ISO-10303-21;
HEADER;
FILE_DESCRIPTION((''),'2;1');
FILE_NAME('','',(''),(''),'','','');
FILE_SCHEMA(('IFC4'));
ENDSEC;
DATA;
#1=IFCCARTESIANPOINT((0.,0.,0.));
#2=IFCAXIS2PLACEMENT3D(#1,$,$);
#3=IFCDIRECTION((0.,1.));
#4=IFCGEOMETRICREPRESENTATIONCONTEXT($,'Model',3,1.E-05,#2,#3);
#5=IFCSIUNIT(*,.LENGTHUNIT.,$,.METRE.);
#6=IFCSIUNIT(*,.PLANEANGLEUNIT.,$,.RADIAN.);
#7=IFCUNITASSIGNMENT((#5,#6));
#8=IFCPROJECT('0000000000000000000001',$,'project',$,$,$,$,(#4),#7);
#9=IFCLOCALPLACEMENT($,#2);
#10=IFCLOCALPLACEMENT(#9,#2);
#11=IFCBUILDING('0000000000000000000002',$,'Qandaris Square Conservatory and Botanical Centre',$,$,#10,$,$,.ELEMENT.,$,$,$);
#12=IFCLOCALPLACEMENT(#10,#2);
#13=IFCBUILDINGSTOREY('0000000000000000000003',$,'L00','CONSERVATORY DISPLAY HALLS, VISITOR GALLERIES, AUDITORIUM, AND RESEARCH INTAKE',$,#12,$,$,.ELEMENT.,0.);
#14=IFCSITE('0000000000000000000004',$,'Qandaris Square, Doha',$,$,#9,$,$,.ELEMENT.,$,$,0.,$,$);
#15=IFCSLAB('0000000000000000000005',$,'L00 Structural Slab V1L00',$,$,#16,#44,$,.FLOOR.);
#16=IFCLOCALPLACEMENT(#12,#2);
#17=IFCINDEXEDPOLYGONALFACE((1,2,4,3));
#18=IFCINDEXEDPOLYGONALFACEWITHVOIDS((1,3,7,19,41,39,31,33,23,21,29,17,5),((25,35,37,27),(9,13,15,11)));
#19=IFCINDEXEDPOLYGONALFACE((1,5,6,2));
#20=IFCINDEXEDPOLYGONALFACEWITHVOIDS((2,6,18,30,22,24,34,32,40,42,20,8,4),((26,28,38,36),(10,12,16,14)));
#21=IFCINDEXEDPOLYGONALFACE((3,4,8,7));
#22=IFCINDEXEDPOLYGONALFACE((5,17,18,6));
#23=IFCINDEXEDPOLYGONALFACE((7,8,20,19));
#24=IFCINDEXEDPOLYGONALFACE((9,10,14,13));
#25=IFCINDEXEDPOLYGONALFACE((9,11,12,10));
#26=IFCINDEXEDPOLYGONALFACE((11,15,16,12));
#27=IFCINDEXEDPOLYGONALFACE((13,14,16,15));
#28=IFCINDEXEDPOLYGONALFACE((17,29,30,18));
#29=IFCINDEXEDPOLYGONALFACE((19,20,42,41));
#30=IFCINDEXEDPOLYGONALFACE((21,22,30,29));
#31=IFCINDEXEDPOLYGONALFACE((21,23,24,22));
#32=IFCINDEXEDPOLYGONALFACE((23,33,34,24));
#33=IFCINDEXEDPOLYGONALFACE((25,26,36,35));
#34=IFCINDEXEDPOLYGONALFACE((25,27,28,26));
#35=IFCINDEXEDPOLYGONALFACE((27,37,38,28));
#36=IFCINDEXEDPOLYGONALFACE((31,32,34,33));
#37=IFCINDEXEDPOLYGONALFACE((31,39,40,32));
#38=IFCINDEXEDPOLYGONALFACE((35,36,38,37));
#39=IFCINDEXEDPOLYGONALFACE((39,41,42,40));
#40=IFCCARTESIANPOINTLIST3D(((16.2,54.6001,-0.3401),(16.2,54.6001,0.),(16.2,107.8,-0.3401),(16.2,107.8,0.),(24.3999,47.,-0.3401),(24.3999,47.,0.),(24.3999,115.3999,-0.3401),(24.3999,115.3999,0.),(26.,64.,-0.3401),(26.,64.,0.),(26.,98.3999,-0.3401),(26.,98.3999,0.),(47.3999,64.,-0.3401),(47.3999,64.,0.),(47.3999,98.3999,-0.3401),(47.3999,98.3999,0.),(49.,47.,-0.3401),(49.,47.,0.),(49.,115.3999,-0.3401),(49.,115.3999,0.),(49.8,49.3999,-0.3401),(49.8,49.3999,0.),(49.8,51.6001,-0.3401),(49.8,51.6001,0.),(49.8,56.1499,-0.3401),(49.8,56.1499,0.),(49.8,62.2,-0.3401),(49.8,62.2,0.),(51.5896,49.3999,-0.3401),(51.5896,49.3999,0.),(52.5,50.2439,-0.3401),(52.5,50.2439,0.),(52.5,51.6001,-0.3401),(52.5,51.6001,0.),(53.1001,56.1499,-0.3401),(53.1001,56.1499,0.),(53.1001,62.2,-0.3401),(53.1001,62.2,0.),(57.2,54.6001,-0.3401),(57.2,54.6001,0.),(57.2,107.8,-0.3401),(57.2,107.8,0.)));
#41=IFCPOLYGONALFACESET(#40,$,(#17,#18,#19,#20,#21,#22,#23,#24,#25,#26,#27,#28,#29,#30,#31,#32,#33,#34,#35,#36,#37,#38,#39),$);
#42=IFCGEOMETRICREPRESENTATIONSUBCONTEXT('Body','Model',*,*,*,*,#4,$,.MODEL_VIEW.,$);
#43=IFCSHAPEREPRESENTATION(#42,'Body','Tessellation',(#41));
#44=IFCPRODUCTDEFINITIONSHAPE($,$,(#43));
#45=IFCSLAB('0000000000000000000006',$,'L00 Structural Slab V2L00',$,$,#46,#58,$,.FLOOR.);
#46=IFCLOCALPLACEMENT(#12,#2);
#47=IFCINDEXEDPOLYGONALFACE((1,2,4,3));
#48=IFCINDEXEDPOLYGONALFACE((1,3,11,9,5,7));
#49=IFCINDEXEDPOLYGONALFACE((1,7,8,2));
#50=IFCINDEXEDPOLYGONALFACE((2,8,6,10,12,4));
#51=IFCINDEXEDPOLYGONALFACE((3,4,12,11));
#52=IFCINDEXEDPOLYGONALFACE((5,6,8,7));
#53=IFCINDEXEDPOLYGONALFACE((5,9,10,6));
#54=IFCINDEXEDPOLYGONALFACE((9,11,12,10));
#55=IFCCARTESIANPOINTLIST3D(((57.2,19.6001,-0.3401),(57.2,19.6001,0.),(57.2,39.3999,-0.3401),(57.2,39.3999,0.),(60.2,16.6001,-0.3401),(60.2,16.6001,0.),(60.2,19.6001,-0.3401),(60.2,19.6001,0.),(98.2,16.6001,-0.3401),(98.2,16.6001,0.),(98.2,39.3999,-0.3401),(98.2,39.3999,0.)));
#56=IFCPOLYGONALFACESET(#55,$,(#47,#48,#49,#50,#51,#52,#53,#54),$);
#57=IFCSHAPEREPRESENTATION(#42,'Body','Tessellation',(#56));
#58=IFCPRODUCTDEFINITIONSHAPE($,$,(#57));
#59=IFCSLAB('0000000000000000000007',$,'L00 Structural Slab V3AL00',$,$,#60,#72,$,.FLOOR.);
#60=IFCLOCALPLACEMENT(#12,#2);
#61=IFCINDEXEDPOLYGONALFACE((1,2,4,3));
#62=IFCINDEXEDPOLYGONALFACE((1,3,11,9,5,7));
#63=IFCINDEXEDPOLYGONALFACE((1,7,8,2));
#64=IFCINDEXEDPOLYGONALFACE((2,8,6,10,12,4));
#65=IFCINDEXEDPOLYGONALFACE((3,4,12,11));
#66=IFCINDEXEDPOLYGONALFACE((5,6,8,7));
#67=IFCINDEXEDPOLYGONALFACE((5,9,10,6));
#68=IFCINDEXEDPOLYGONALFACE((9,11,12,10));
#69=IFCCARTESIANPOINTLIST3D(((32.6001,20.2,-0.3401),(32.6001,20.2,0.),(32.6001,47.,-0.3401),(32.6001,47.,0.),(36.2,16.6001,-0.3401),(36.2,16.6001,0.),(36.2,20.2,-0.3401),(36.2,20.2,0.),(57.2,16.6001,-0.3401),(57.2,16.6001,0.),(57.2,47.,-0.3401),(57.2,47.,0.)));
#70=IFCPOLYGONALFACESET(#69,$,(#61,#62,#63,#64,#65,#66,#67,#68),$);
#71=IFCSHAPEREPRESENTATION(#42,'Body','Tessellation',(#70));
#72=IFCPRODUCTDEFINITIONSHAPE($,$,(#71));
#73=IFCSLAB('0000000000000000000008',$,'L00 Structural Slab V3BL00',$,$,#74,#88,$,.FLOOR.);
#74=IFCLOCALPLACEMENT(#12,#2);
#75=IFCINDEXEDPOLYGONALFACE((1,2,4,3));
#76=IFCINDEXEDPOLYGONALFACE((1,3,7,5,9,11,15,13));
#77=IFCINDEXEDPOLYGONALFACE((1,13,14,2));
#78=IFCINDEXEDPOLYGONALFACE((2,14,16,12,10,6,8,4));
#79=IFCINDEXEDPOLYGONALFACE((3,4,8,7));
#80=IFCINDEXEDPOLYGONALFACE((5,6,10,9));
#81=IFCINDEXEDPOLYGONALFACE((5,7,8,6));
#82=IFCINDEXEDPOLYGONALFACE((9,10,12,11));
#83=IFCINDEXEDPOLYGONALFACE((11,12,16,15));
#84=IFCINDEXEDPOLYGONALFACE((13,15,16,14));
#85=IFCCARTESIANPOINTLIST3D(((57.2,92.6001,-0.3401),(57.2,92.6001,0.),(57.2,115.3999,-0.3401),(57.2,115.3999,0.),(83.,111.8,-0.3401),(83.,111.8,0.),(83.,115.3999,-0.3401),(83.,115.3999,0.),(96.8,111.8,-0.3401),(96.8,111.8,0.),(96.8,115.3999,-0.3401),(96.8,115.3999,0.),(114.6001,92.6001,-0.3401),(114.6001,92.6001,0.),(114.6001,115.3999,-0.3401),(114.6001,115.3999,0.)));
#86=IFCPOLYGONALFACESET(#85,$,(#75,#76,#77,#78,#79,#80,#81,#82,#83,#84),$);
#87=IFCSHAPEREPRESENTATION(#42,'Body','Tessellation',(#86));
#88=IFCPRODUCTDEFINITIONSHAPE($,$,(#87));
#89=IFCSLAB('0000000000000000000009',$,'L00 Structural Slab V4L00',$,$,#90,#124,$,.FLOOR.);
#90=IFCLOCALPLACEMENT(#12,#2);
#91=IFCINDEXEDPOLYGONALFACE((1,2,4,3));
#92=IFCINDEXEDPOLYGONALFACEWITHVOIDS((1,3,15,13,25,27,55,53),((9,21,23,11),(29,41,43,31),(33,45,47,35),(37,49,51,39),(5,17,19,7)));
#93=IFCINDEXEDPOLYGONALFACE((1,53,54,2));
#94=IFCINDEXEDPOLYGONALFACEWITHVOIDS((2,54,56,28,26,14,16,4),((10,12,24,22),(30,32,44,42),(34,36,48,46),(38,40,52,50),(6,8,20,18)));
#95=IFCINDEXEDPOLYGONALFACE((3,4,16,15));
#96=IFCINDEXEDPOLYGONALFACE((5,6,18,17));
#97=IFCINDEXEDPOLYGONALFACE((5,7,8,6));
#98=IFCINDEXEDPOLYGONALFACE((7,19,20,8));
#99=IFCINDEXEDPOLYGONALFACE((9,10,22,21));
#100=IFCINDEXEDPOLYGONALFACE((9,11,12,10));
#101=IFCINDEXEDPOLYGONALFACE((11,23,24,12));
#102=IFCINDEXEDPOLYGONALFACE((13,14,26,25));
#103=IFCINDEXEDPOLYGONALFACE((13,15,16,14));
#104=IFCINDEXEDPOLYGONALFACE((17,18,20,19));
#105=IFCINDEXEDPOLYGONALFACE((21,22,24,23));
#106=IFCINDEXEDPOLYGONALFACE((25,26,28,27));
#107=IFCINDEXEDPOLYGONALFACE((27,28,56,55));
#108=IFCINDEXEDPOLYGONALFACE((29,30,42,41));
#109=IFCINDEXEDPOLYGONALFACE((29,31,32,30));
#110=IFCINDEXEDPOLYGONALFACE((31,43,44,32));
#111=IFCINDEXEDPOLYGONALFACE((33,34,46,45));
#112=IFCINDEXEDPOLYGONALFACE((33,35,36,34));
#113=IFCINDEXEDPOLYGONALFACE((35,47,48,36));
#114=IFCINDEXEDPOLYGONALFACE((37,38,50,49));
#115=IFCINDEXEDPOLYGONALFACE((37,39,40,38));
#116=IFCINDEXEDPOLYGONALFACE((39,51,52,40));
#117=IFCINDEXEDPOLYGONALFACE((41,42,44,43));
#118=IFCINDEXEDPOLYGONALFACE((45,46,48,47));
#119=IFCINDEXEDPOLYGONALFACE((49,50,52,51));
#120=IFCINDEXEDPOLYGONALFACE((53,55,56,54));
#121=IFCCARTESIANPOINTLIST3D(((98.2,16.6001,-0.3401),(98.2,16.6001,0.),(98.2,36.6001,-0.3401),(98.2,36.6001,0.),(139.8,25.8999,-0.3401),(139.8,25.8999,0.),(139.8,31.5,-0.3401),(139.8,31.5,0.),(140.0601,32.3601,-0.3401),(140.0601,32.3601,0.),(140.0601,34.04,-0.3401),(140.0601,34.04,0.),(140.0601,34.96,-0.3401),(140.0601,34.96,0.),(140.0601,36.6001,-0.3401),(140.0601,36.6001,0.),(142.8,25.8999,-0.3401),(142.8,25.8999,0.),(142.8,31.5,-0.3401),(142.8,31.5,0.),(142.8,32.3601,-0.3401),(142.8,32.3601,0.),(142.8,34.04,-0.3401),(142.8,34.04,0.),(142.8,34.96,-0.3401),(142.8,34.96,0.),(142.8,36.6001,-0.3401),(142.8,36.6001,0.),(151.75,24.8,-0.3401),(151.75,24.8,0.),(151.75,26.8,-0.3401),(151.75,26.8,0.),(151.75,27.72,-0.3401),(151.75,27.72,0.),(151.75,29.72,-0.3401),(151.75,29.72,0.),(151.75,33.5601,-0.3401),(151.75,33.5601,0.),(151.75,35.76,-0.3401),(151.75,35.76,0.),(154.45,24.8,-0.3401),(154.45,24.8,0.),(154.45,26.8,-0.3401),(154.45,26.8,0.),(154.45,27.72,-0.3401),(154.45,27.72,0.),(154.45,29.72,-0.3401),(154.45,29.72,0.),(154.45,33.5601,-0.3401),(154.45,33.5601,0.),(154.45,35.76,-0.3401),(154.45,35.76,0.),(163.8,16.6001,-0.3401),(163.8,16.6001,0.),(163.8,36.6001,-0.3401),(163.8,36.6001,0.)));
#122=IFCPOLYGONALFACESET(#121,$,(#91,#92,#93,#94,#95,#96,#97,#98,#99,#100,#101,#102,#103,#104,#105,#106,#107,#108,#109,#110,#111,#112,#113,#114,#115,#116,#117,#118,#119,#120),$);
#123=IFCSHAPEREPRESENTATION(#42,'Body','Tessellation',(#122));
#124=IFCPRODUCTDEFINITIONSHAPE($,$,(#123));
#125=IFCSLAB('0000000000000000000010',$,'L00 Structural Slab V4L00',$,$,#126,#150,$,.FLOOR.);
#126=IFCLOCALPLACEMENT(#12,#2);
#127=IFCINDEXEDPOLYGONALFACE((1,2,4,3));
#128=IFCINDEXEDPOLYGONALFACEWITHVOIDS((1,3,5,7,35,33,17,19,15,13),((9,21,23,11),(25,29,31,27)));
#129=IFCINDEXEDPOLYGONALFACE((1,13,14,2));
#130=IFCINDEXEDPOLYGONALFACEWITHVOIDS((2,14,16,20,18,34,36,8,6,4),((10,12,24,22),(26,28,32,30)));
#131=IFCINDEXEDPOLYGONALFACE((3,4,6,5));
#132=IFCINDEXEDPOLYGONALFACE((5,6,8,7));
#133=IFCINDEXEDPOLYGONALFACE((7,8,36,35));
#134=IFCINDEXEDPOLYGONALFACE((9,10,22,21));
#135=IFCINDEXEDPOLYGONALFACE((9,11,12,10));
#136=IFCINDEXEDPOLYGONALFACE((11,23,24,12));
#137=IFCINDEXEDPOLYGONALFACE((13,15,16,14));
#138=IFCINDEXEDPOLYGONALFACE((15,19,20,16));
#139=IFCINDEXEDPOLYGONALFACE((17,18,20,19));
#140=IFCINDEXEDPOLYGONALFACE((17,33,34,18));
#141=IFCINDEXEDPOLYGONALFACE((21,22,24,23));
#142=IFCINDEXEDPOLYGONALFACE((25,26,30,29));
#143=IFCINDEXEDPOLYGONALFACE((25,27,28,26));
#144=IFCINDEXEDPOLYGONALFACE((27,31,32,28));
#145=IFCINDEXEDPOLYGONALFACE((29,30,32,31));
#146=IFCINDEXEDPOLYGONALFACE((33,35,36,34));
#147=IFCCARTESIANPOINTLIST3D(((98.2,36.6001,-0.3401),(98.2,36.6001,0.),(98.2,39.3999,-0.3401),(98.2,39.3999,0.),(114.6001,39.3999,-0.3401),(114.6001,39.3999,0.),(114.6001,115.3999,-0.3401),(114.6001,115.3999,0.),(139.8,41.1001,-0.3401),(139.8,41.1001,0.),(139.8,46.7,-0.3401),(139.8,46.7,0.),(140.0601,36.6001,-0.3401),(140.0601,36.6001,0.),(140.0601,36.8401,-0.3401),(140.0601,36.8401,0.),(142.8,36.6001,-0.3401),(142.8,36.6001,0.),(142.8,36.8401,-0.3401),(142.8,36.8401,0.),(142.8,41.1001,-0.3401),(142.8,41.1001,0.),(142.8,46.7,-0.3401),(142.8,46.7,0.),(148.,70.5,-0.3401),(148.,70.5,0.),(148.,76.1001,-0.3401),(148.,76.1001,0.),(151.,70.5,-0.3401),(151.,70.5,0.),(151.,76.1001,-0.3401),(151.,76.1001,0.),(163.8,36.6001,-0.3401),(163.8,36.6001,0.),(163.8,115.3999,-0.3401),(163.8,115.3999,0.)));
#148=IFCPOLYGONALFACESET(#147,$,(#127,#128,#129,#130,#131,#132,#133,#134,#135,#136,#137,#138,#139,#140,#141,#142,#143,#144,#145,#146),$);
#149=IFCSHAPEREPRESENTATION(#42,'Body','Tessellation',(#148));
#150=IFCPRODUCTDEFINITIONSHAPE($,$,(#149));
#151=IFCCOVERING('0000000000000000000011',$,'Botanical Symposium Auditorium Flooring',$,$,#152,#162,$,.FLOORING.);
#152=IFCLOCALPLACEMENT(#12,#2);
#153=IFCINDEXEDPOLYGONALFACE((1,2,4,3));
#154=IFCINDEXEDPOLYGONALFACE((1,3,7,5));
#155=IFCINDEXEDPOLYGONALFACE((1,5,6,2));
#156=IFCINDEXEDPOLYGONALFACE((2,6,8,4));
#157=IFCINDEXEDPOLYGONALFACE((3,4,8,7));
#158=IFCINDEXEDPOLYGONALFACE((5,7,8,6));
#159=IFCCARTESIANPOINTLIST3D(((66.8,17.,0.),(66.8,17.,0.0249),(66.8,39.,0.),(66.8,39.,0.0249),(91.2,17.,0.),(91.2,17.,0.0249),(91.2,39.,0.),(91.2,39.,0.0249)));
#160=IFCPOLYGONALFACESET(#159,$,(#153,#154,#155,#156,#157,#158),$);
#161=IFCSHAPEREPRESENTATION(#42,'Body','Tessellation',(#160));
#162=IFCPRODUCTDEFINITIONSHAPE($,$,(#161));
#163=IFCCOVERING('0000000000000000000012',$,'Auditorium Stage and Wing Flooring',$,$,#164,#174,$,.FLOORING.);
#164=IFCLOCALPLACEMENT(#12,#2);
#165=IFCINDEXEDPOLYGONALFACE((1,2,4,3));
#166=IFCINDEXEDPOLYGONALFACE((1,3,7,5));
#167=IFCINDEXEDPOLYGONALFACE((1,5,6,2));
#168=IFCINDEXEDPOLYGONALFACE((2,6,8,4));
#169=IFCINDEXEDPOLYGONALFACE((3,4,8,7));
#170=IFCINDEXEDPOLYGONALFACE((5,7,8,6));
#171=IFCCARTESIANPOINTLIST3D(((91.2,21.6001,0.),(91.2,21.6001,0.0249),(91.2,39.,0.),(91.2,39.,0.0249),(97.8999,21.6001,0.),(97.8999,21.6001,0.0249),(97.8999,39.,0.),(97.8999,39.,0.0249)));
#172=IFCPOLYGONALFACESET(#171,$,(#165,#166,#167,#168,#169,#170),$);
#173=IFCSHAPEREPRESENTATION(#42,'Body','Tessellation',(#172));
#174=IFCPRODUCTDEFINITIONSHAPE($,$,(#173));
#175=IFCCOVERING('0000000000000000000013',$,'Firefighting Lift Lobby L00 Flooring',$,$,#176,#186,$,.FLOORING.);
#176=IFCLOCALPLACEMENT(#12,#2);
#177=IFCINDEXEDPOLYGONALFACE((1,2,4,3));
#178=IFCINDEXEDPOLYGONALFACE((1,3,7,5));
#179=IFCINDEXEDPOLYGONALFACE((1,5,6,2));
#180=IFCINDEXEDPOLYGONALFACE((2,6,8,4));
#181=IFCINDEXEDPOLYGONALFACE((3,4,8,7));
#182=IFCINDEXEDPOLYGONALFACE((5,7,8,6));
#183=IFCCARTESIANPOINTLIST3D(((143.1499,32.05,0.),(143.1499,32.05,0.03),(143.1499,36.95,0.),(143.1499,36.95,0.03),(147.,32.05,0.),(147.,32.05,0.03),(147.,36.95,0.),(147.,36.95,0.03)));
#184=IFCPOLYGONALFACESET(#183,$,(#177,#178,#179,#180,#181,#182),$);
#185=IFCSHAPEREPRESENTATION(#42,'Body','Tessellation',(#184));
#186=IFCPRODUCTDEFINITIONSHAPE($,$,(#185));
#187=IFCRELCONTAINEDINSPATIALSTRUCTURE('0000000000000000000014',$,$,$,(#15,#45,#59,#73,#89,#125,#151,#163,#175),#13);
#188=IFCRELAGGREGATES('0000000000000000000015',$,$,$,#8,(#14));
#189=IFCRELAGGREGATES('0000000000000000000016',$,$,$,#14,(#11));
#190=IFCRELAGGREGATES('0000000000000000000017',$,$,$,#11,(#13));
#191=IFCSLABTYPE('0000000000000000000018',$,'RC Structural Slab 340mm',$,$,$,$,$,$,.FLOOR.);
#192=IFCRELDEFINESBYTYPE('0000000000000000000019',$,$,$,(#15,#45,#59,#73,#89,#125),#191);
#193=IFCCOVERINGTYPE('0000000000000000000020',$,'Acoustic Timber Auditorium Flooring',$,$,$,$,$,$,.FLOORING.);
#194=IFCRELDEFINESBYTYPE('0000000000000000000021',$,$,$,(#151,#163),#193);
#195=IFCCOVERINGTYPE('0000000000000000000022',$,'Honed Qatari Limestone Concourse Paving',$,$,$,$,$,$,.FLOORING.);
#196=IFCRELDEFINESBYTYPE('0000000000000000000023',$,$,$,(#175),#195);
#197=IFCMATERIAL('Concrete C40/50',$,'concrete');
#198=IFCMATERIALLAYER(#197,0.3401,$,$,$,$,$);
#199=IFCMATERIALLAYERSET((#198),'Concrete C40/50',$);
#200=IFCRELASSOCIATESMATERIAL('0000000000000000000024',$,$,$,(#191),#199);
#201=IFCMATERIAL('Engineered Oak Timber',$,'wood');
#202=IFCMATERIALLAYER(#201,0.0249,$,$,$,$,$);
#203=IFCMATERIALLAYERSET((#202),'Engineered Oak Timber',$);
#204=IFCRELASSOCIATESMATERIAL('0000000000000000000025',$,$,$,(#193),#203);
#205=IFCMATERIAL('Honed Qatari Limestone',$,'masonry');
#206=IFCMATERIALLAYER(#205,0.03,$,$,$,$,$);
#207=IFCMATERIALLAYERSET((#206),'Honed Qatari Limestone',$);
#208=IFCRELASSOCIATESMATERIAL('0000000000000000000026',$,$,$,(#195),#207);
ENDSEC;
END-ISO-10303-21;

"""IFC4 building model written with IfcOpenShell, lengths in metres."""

from ifc_helpers import new_model, si_unit, direction, frame, origin, place, context, subcontext, project, spatial, polyline, outline, extrude, material, layer, layer_set, type_object, element, save


model = new_model("IFC4")

# Units and contexts
model_context = context("Model", 3, precision=1e-05, world=origin(), true_north=direction((0.0, 1.0)))
body_context = subcontext(model_context, "Body", "Model", "MODEL_VIEW")
ifc_project = project(units=[si_unit("LENGTHUNIT", "METRE"), si_unit("PLANEANGLEUNIT", "RADIAN")], contexts=[model_context])

# Site, building, storey
site_placement = place(None, origin())
site = spatial("IfcSite", under=ifc_project, at=site_placement, Name="Qandaris Square, Doha", CompositionType="ELEMENT", RefElevation=0.0)
building_placement = place(site_placement, origin())
building = spatial("IfcBuilding", under=site, at=building_placement, Name="Qandaris Square Conservatory and Botanical Centre", CompositionType="ELEMENT")
storey_placement = place(building_placement, origin())
storey = spatial("IfcBuildingStorey", under=building, at=storey_placement, Name="L00", Description="CONSERVATORY DISPLAY HALLS, VISITOR GALLERIES, AUDITORIUM, AND RESEARCH INTAKE", CompositionType="ELEMENT", Elevation=0.0)

# Shared definitions
ifc_material_1 = material(Name="Concrete C40/50", Category="concrete")

# Slabs
ifc_layer_1 = layer(ifc_material_1, 0.3401)
ifc_layer_set_1 = layer_set([ifc_layer_1], Name="Concrete C40/50")
slab_type_1 = type_object("IfcSlabType", Name="RC Structural Slab 340mm", PredefinedType="FLOOR", material=ifc_layer_set_1)
slab_1_placement = place(storey_placement, frame((0.0, 0.0, -0.3401)))
element("IfcSlab", 1, at=slab_1_placement, inside=storey, type_object=slab_type_1, Name="L00 Structural Slab V1L00", PredefinedType="FLOOR", context=body_context, shape_type="SweptSolid", body=[
    extrude(outline(polyline([(16.2, 107.8), (24.3999, 115.3999), (49.0, 115.3999), (57.2, 107.8), (57.2, 54.6001), (52.5, 50.2439), (52.5, 51.6001), (49.8, 51.6001), (49.8, 49.3999), (51.5896, 49.3999), (49.0, 47.0), (24.3999, 47.0), (16.2, 54.6001), (16.2, 107.8)]), holes=[polyline([(26.0, 98.3999), (26.0, 64.0), (47.3999, 64.0), (47.3999, 98.3999), (26.0, 98.3999)]), polyline([(53.1001, 62.2), (49.8, 62.2), (49.8, 56.1499), (53.1001, 56.1499), (53.1001, 62.2)])]), origin(), (0.0, 0.0, 1.0), 0.3401),
])
slab_2_placement = place(storey_placement, frame((0.0, 0.0, -0.3401)))
element("IfcSlab", 2, at=slab_2_placement, inside=storey, type_object=slab_type_1, Name="L00 Structural Slab V2L00", PredefinedType="FLOOR", context=body_context, shape_type="SweptSolid", body=[
    extrude(outline(polyline([(98.2, 39.3999), (98.2, 16.6001), (60.2, 16.6001), (60.2, 19.6001), (57.2, 19.6001), (57.2, 39.3999), (98.2, 39.3999)])), origin(), (0.0, 0.0, 1.0), 0.3401),
])
slab_3_placement = place(storey_placement, frame((0.0, 0.0, -0.3401)))
element("IfcSlab", 3, at=slab_3_placement, inside=storey, type_object=slab_type_1, Name="L00 Structural Slab V3AL00", PredefinedType="FLOOR", context=body_context, shape_type="SweptSolid", body=[
    extrude(outline(polyline([(57.2, 47.0), (57.2, 16.6001), (36.2, 16.6001), (36.2, 20.2), (32.6001, 20.2), (32.6001, 47.0), (57.2, 47.0)])), origin(), (0.0, 0.0, 1.0), 0.3401),
])
slab_4_placement = place(storey_placement, frame((0.0, 0.0, -0.3401)))
element("IfcSlab", 4, at=slab_4_placement, inside=storey, type_object=slab_type_1, Name="L00 Structural Slab V3BL00", PredefinedType="FLOOR", context=body_context, shape_type="SweptSolid", body=[
    extrude(outline(polyline([(114.6001, 92.6001), (57.2, 92.6001), (57.2, 115.3999), (83.0, 115.3999), (83.0, 111.8), (96.8, 111.8), (96.8, 115.3999), (114.6001, 115.3999), (114.6001, 92.6001)])), origin(), (0.0, 0.0, 1.0), 0.3401),
])
slab_5_placement = place(storey_placement, frame((0.0, 0.0, -0.3401)))
element("IfcSlab", 5, at=slab_5_placement, inside=storey, type_object=slab_type_1, Name="L00 Structural Slab V4L00", PredefinedType="FLOOR", context=body_context, shape_type="SweptSolid", body=[
    extrude(outline(polyline([(163.8, 16.6001), (98.2, 16.6001), (98.2, 36.6001), (140.0601, 36.6001), (140.0601, 34.96), (142.8, 34.96), (142.8, 36.6001), (163.8, 36.6001), (163.8, 16.6001)]), holes=[polyline([(151.75, 24.8), (154.45, 24.8), (154.45, 26.8), (151.75, 26.8), (151.75, 24.8)]), polyline([(139.8, 25.8999), (142.8, 25.8999), (142.8, 31.5), (139.8, 31.5), (139.8, 25.8999)]), polyline([(151.75, 27.72), (154.45, 27.72), (154.45, 29.72), (151.75, 29.72), (151.75, 27.72)]), polyline([(140.0601, 34.04), (140.0601, 32.3601), (142.8, 32.3601), (142.8, 34.04), (140.0601, 34.04)]), polyline([(151.75, 35.76), (151.75, 33.5601), (154.45, 33.5601), (154.45, 35.76), (151.75, 35.76)])]), origin(), (0.0, 0.0, 1.0), 0.3401),
])
slab_6_placement = place(storey_placement, frame((0.0, 0.0, -0.3401)))
element("IfcSlab", 6, at=slab_6_placement, inside=storey, type_object=slab_type_1, Name="L00 Structural Slab V4L00", PredefinedType="FLOOR", context=body_context, shape_type="SweptSolid", body=[
    extrude(outline(polyline([(114.6001, 39.3999), (114.6001, 115.3999), (163.8, 115.3999), (163.8, 36.6001), (142.8, 36.6001), (142.8, 36.8401), (140.0601, 36.8401), (140.0601, 36.6001), (98.2, 36.6001), (98.2, 39.3999), (114.6001, 39.3999)]), holes=[polyline([(139.8, 41.1001), (142.8, 41.1001), (142.8, 46.7), (139.8, 46.7), (139.8, 41.1001)]), polyline([(148.0, 76.1001), (148.0, 70.5), (151.0, 70.5), (151.0, 76.1001), (148.0, 76.1001)])]), origin(), (0.0, 0.0, 1.0), 0.3401),
])

# Coverings
ifc_material_2 = material(Name="Engineered Oak Timber", Category="wood")
ifc_layer_2 = layer(ifc_material_2, 0.0249)
ifc_layer_set_2 = layer_set([ifc_layer_2], Name="Engineered Oak Timber")
covering_type_1 = type_object("IfcCoveringType", Name="Acoustic Timber Auditorium Flooring", PredefinedType="FLOORING", material=ifc_layer_set_2)
covering_1_placement = place(storey_placement, origin())
element("IfcCovering", 7, at=covering_1_placement, inside=storey, type_object=covering_type_1, Name="Botanical Symposium Auditorium Flooring", PredefinedType="FLOORING", context=body_context, shape_type="SweptSolid", body=[
    extrude(outline(polyline([(66.8, 39.0), (91.2, 39.0), (91.2, 17.0), (66.8, 17.0), (66.8, 39.0)])), origin(), (0.0, 0.0, 1.0), 0.0249),
])
covering_2_placement = place(storey_placement, origin())
element("IfcCovering", 8, at=covering_2_placement, inside=storey, type_object=covering_type_1, Name="Auditorium Stage and Wing Flooring", PredefinedType="FLOORING", context=body_context, shape_type="SweptSolid", body=[
    extrude(outline(polyline([(91.2, 39.0), (97.8999, 39.0), (97.8999, 21.6001), (91.2, 21.6001), (91.2, 39.0)])), origin(), (0.0, 0.0, 1.0), 0.0249),
])
ifc_material_3 = material(Name="Honed Qatari Limestone", Category="masonry")
ifc_layer_3 = layer(ifc_material_3, 0.03)
ifc_layer_set_3 = layer_set([ifc_layer_3], Name="Honed Qatari Limestone")
covering_type_2 = type_object("IfcCoveringType", Name="Honed Qatari Limestone Concourse Paving", PredefinedType="FLOORING", material=ifc_layer_set_3)
covering_3_placement = place(storey_placement, origin())
element("IfcCovering", 9, at=covering_3_placement, inside=storey, type_object=covering_type_2, Name="Firefighting Lift Lobby L00 Flooring", PredefinedType="FLOORING", context=body_context, shape_type="SweptSolid", body=[
    extrude(outline(polyline([(143.1499, 36.95), (147.0, 36.95), (147.0, 32.05), (143.1499, 32.05), (143.1499, 36.95)])), origin(), (0.0, 0.0, 1.0), 0.03),
])

save(model, "model.ifc")
